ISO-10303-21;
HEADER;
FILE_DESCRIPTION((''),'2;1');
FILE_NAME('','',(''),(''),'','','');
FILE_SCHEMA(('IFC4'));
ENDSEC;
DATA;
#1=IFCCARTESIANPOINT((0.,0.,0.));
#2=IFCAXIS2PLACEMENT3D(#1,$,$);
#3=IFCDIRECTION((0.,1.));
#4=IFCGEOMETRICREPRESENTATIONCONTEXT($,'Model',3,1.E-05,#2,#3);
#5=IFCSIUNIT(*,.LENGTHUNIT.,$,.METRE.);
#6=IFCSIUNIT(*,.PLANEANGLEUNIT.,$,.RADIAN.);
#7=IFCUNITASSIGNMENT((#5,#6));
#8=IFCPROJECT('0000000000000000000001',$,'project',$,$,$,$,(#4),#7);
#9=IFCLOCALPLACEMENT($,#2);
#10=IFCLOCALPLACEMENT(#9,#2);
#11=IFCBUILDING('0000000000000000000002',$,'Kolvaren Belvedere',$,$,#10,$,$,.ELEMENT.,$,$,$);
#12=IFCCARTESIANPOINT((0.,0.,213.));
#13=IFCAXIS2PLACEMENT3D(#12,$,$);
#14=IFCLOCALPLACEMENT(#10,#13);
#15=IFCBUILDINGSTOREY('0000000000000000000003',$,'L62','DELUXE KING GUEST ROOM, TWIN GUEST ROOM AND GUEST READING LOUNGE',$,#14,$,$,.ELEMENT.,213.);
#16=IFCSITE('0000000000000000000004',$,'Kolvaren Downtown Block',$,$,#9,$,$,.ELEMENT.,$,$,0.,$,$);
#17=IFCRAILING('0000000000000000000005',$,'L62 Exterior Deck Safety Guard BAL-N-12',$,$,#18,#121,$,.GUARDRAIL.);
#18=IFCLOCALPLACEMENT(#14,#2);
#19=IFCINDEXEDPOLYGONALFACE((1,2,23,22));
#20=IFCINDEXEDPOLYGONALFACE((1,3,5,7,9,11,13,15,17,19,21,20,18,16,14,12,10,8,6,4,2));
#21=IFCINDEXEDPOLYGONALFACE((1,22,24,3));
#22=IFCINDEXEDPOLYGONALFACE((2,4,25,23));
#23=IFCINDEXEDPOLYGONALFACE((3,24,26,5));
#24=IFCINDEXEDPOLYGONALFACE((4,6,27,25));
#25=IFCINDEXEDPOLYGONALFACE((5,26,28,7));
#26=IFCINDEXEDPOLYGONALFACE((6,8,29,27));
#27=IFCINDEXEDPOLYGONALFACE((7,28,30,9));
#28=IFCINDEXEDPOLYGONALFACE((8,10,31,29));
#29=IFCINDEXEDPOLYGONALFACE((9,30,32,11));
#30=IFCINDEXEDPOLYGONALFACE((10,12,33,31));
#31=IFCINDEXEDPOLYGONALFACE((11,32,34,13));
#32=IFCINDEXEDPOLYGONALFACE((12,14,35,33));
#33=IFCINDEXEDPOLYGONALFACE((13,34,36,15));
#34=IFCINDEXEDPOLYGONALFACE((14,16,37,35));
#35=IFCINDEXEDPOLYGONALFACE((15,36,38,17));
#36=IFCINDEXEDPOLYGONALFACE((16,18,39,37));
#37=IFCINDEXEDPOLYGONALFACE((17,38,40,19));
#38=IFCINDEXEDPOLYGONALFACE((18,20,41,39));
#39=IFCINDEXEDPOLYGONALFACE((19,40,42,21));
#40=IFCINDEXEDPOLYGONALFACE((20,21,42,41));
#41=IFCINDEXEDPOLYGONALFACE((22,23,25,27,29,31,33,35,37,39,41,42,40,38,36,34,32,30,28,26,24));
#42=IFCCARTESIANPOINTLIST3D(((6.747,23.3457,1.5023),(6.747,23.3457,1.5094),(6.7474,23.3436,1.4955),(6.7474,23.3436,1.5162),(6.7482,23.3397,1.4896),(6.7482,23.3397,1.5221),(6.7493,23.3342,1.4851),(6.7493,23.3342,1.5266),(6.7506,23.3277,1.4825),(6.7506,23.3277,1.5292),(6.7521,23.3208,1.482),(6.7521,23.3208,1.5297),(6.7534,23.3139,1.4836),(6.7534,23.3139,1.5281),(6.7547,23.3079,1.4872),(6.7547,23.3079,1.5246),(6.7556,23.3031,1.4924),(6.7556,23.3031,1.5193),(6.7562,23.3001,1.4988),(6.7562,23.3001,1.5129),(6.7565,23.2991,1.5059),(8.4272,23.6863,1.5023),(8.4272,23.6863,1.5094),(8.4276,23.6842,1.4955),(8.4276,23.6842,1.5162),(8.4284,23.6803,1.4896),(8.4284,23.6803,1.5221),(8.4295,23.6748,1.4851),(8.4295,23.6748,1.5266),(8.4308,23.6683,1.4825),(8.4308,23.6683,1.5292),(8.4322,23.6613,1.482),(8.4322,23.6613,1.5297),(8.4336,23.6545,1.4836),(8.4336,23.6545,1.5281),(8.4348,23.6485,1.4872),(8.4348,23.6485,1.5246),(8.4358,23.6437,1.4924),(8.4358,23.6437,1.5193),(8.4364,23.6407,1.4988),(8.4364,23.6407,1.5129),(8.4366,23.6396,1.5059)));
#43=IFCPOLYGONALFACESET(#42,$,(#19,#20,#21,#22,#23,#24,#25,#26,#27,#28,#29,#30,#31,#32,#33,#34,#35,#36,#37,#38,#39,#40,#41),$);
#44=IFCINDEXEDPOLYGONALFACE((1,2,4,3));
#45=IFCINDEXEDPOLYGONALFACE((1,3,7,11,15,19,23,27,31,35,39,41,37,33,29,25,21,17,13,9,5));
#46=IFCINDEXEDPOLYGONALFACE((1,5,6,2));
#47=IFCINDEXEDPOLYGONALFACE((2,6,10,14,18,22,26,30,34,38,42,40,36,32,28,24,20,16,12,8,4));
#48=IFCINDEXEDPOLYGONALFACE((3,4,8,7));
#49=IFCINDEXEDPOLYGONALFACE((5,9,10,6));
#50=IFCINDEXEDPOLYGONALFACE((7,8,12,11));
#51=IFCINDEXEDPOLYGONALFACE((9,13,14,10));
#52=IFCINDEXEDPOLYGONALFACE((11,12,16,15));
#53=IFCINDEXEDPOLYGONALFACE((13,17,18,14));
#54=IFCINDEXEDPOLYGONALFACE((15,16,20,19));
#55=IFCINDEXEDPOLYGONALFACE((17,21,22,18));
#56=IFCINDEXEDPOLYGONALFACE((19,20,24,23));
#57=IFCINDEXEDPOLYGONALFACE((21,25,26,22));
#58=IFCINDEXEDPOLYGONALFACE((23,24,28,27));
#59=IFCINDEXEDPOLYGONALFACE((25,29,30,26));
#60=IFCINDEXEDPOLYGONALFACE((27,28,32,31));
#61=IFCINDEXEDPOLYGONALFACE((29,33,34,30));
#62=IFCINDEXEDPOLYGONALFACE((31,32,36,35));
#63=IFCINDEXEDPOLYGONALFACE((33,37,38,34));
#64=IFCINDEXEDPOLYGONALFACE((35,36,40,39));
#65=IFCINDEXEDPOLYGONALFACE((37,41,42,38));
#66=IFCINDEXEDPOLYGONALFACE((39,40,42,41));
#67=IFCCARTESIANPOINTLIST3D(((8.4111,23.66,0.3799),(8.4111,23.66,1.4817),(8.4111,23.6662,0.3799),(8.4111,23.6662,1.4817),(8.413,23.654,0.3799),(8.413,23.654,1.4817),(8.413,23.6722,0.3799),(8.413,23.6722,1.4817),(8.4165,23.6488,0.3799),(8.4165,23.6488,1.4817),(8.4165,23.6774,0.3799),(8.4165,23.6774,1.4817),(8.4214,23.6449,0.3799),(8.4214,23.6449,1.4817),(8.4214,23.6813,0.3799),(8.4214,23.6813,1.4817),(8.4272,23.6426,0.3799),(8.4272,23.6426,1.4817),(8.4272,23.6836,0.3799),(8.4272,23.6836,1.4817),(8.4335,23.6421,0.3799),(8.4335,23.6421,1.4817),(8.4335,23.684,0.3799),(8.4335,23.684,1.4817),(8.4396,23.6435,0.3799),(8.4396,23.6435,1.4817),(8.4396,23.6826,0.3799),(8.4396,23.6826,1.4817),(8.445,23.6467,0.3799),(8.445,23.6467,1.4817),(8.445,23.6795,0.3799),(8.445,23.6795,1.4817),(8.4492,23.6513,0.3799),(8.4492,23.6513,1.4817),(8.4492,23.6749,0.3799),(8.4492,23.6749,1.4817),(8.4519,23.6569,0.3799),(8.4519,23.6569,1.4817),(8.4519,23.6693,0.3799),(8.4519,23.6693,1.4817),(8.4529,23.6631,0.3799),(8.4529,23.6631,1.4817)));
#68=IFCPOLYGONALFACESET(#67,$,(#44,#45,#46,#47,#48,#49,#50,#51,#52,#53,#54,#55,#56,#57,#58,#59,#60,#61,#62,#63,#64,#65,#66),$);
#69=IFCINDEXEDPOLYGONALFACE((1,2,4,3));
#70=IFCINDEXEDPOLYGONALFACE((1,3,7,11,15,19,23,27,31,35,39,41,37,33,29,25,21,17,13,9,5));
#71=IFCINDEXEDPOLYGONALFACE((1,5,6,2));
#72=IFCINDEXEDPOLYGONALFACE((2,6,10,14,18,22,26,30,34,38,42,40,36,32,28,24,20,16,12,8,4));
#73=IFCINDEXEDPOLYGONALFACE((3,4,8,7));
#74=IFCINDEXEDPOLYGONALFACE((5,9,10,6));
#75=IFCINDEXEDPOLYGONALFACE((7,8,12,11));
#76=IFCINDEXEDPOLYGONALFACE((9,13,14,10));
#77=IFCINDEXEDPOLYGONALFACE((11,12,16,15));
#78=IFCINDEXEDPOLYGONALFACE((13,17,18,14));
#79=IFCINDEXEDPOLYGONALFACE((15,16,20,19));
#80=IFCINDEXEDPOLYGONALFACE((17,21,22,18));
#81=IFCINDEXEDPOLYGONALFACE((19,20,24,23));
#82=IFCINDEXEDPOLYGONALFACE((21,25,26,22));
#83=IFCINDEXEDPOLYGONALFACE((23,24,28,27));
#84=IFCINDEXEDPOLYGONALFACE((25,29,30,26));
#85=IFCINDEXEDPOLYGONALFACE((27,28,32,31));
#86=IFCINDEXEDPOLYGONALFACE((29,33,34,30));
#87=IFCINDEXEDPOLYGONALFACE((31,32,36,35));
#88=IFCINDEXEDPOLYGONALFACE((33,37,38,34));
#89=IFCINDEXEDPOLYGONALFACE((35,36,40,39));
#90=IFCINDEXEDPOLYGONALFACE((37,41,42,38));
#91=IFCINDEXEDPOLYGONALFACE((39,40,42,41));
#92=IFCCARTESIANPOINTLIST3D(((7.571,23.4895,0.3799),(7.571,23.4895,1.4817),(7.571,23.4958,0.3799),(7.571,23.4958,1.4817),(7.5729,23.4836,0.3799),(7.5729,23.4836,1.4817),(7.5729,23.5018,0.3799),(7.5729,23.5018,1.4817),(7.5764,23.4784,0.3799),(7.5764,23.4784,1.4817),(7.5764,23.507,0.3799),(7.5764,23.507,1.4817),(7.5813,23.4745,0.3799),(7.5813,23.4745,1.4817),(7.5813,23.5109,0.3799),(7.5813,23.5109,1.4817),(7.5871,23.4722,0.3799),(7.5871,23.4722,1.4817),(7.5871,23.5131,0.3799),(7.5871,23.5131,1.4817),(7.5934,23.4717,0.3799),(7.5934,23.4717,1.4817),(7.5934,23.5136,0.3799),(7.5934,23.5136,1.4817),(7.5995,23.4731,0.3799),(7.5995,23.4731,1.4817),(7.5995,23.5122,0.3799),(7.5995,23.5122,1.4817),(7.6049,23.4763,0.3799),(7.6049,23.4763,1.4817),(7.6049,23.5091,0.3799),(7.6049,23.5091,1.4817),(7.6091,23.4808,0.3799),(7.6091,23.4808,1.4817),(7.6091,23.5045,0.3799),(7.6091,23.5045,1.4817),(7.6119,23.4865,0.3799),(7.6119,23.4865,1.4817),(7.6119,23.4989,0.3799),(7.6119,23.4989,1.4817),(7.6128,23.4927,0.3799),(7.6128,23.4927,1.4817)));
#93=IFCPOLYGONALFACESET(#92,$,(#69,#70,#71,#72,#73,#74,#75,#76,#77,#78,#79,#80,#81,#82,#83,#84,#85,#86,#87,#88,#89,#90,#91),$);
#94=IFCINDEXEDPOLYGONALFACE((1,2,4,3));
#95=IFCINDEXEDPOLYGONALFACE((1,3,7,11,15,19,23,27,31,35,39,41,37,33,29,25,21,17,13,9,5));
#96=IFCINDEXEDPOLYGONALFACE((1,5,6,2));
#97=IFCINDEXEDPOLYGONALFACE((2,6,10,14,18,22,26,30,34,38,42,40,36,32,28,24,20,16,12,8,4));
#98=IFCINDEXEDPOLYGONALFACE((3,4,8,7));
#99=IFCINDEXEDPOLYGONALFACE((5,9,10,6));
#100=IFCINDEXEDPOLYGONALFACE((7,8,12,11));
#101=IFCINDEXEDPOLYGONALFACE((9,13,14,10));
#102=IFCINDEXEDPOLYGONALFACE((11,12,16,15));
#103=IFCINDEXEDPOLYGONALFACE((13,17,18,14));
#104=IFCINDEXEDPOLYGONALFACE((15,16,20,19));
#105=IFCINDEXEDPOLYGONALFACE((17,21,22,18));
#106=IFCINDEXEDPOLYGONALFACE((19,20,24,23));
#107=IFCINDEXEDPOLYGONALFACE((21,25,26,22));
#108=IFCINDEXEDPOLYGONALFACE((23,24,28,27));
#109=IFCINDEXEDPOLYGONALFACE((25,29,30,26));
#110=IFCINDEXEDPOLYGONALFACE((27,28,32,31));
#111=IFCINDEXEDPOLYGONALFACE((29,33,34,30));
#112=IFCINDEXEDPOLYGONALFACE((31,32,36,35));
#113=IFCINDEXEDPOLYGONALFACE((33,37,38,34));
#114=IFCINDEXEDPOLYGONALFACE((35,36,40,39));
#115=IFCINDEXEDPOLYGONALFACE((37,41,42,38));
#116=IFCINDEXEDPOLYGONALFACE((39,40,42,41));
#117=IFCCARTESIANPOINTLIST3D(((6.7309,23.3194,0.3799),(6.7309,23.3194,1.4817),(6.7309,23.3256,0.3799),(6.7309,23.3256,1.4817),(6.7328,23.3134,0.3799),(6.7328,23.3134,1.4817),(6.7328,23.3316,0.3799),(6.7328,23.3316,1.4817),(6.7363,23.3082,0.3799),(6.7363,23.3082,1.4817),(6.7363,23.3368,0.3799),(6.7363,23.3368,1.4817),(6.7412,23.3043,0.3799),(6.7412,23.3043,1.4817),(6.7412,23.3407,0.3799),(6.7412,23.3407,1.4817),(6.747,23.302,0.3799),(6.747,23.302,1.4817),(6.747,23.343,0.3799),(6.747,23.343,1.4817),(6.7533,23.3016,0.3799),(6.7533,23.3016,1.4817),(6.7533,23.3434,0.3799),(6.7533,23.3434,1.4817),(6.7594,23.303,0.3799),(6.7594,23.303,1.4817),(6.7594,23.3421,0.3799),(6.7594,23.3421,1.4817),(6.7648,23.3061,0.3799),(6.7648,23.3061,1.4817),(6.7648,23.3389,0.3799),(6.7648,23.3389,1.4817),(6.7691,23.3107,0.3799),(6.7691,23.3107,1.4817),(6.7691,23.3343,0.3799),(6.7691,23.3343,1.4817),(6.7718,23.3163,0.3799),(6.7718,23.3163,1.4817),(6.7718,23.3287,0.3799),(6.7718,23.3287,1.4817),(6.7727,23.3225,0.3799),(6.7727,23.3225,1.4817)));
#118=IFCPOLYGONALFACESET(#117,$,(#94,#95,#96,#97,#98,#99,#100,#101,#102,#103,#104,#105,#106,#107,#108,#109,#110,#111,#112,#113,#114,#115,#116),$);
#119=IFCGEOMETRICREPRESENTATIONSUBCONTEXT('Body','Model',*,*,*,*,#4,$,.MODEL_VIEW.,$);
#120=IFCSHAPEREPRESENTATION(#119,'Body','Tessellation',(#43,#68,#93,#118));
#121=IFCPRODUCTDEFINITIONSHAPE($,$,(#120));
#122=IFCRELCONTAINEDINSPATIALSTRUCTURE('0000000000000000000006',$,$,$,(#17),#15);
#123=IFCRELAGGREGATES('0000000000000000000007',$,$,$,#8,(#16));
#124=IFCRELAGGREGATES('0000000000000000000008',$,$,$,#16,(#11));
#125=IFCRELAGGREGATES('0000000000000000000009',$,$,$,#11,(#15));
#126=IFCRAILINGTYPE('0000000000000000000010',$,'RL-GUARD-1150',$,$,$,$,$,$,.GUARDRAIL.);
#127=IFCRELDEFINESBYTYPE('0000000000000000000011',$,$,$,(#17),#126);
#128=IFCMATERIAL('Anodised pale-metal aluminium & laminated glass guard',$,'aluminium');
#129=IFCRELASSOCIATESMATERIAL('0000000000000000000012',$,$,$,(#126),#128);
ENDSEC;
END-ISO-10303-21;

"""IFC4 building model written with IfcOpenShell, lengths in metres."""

from ifc_helpers import new_model, si_unit, direction, frame, origin, origin_2d, place, context, subcontext, project, spatial, circle, extrude, material, type_object, element, save


model = new_model("IFC4")

# Units and contexts
model_context = context("Model", 3, precision=1e-05, world=origin(), true_north=direction((0.0, 1.0)))
body_context = subcontext(model_context, "Body", "Model", "MODEL_VIEW")
ifc_project = project(units=[si_unit("LENGTHUNIT", "METRE"), si_unit("PLANEANGLEUNIT", "RADIAN")], contexts=[model_context])

# Site, building, storey
site_placement = place(None, origin())
site = spatial("IfcSite", under=ifc_project, at=site_placement, Name="Kolvaren Downtown Block", CompositionType="ELEMENT", RefElevation=0.0)
building_placement = place(site_placement, origin())
building = spatial("IfcBuilding", under=site, at=building_placement, Name="Kolvaren Belvedere", CompositionType="ELEMENT")
storey_placement = place(building_placement, frame((0.0, 0.0, 213.0)))
storey = spatial("IfcBuildingStorey", under=building, at=storey_placement, Name="L62", Description="DELUXE KING GUEST ROOM, TWIN GUEST ROOM AND GUEST READING LOUNGE", CompositionType="ELEMENT", Elevation=213.0)

# Railing
ifc_material_1 = material(Name="Anodised pale-metal aluminium & laminated glass guard", Category="aluminium")
railing_type = type_object("IfcRailingType", Name="RL-GUARD-1150", PredefinedType="GUARDRAIL", material=ifc_material_1)
railing_1_placement = place(storey_placement, frame((8.4319, 23.6631, 0.3799)))
element("IfcRailing", 1, at=railing_1_placement, inside=storey, type_object=railing_type, Name="L62 Exterior Deck Safety Guard BAL-N-12", PredefinedType="GUARDRAIL", context=body_context, shape_type="SweptSolid", body=[
    extrude(circle(Radius=0.0239, at=origin_2d()), frame((0.0, 0.0, 1.126), z_axis=(-0.980068, -0.198662, 0.0), x_axis=(0.198662, -0.980068, 0.0)), (0.0, 0.0, 1.0), 1.7144),
    extrude(circle(Radius=0.021, at=origin_2d()), origin(), (0.0, 0.0, 1.0), 1.1018),
    extrude(circle(Radius=0.021, at=origin_2d()), frame((-0.8401, -0.1704, 0.0)), (0.0, 0.0, 1.0), 1.1018),
    extrude(circle(Radius=0.021, at=origin_2d()), frame((-1.6802, -0.3406, 0.0)), (0.0, 0.0, 1.0), 1.1018),
])

save(model, "model.ifc")
